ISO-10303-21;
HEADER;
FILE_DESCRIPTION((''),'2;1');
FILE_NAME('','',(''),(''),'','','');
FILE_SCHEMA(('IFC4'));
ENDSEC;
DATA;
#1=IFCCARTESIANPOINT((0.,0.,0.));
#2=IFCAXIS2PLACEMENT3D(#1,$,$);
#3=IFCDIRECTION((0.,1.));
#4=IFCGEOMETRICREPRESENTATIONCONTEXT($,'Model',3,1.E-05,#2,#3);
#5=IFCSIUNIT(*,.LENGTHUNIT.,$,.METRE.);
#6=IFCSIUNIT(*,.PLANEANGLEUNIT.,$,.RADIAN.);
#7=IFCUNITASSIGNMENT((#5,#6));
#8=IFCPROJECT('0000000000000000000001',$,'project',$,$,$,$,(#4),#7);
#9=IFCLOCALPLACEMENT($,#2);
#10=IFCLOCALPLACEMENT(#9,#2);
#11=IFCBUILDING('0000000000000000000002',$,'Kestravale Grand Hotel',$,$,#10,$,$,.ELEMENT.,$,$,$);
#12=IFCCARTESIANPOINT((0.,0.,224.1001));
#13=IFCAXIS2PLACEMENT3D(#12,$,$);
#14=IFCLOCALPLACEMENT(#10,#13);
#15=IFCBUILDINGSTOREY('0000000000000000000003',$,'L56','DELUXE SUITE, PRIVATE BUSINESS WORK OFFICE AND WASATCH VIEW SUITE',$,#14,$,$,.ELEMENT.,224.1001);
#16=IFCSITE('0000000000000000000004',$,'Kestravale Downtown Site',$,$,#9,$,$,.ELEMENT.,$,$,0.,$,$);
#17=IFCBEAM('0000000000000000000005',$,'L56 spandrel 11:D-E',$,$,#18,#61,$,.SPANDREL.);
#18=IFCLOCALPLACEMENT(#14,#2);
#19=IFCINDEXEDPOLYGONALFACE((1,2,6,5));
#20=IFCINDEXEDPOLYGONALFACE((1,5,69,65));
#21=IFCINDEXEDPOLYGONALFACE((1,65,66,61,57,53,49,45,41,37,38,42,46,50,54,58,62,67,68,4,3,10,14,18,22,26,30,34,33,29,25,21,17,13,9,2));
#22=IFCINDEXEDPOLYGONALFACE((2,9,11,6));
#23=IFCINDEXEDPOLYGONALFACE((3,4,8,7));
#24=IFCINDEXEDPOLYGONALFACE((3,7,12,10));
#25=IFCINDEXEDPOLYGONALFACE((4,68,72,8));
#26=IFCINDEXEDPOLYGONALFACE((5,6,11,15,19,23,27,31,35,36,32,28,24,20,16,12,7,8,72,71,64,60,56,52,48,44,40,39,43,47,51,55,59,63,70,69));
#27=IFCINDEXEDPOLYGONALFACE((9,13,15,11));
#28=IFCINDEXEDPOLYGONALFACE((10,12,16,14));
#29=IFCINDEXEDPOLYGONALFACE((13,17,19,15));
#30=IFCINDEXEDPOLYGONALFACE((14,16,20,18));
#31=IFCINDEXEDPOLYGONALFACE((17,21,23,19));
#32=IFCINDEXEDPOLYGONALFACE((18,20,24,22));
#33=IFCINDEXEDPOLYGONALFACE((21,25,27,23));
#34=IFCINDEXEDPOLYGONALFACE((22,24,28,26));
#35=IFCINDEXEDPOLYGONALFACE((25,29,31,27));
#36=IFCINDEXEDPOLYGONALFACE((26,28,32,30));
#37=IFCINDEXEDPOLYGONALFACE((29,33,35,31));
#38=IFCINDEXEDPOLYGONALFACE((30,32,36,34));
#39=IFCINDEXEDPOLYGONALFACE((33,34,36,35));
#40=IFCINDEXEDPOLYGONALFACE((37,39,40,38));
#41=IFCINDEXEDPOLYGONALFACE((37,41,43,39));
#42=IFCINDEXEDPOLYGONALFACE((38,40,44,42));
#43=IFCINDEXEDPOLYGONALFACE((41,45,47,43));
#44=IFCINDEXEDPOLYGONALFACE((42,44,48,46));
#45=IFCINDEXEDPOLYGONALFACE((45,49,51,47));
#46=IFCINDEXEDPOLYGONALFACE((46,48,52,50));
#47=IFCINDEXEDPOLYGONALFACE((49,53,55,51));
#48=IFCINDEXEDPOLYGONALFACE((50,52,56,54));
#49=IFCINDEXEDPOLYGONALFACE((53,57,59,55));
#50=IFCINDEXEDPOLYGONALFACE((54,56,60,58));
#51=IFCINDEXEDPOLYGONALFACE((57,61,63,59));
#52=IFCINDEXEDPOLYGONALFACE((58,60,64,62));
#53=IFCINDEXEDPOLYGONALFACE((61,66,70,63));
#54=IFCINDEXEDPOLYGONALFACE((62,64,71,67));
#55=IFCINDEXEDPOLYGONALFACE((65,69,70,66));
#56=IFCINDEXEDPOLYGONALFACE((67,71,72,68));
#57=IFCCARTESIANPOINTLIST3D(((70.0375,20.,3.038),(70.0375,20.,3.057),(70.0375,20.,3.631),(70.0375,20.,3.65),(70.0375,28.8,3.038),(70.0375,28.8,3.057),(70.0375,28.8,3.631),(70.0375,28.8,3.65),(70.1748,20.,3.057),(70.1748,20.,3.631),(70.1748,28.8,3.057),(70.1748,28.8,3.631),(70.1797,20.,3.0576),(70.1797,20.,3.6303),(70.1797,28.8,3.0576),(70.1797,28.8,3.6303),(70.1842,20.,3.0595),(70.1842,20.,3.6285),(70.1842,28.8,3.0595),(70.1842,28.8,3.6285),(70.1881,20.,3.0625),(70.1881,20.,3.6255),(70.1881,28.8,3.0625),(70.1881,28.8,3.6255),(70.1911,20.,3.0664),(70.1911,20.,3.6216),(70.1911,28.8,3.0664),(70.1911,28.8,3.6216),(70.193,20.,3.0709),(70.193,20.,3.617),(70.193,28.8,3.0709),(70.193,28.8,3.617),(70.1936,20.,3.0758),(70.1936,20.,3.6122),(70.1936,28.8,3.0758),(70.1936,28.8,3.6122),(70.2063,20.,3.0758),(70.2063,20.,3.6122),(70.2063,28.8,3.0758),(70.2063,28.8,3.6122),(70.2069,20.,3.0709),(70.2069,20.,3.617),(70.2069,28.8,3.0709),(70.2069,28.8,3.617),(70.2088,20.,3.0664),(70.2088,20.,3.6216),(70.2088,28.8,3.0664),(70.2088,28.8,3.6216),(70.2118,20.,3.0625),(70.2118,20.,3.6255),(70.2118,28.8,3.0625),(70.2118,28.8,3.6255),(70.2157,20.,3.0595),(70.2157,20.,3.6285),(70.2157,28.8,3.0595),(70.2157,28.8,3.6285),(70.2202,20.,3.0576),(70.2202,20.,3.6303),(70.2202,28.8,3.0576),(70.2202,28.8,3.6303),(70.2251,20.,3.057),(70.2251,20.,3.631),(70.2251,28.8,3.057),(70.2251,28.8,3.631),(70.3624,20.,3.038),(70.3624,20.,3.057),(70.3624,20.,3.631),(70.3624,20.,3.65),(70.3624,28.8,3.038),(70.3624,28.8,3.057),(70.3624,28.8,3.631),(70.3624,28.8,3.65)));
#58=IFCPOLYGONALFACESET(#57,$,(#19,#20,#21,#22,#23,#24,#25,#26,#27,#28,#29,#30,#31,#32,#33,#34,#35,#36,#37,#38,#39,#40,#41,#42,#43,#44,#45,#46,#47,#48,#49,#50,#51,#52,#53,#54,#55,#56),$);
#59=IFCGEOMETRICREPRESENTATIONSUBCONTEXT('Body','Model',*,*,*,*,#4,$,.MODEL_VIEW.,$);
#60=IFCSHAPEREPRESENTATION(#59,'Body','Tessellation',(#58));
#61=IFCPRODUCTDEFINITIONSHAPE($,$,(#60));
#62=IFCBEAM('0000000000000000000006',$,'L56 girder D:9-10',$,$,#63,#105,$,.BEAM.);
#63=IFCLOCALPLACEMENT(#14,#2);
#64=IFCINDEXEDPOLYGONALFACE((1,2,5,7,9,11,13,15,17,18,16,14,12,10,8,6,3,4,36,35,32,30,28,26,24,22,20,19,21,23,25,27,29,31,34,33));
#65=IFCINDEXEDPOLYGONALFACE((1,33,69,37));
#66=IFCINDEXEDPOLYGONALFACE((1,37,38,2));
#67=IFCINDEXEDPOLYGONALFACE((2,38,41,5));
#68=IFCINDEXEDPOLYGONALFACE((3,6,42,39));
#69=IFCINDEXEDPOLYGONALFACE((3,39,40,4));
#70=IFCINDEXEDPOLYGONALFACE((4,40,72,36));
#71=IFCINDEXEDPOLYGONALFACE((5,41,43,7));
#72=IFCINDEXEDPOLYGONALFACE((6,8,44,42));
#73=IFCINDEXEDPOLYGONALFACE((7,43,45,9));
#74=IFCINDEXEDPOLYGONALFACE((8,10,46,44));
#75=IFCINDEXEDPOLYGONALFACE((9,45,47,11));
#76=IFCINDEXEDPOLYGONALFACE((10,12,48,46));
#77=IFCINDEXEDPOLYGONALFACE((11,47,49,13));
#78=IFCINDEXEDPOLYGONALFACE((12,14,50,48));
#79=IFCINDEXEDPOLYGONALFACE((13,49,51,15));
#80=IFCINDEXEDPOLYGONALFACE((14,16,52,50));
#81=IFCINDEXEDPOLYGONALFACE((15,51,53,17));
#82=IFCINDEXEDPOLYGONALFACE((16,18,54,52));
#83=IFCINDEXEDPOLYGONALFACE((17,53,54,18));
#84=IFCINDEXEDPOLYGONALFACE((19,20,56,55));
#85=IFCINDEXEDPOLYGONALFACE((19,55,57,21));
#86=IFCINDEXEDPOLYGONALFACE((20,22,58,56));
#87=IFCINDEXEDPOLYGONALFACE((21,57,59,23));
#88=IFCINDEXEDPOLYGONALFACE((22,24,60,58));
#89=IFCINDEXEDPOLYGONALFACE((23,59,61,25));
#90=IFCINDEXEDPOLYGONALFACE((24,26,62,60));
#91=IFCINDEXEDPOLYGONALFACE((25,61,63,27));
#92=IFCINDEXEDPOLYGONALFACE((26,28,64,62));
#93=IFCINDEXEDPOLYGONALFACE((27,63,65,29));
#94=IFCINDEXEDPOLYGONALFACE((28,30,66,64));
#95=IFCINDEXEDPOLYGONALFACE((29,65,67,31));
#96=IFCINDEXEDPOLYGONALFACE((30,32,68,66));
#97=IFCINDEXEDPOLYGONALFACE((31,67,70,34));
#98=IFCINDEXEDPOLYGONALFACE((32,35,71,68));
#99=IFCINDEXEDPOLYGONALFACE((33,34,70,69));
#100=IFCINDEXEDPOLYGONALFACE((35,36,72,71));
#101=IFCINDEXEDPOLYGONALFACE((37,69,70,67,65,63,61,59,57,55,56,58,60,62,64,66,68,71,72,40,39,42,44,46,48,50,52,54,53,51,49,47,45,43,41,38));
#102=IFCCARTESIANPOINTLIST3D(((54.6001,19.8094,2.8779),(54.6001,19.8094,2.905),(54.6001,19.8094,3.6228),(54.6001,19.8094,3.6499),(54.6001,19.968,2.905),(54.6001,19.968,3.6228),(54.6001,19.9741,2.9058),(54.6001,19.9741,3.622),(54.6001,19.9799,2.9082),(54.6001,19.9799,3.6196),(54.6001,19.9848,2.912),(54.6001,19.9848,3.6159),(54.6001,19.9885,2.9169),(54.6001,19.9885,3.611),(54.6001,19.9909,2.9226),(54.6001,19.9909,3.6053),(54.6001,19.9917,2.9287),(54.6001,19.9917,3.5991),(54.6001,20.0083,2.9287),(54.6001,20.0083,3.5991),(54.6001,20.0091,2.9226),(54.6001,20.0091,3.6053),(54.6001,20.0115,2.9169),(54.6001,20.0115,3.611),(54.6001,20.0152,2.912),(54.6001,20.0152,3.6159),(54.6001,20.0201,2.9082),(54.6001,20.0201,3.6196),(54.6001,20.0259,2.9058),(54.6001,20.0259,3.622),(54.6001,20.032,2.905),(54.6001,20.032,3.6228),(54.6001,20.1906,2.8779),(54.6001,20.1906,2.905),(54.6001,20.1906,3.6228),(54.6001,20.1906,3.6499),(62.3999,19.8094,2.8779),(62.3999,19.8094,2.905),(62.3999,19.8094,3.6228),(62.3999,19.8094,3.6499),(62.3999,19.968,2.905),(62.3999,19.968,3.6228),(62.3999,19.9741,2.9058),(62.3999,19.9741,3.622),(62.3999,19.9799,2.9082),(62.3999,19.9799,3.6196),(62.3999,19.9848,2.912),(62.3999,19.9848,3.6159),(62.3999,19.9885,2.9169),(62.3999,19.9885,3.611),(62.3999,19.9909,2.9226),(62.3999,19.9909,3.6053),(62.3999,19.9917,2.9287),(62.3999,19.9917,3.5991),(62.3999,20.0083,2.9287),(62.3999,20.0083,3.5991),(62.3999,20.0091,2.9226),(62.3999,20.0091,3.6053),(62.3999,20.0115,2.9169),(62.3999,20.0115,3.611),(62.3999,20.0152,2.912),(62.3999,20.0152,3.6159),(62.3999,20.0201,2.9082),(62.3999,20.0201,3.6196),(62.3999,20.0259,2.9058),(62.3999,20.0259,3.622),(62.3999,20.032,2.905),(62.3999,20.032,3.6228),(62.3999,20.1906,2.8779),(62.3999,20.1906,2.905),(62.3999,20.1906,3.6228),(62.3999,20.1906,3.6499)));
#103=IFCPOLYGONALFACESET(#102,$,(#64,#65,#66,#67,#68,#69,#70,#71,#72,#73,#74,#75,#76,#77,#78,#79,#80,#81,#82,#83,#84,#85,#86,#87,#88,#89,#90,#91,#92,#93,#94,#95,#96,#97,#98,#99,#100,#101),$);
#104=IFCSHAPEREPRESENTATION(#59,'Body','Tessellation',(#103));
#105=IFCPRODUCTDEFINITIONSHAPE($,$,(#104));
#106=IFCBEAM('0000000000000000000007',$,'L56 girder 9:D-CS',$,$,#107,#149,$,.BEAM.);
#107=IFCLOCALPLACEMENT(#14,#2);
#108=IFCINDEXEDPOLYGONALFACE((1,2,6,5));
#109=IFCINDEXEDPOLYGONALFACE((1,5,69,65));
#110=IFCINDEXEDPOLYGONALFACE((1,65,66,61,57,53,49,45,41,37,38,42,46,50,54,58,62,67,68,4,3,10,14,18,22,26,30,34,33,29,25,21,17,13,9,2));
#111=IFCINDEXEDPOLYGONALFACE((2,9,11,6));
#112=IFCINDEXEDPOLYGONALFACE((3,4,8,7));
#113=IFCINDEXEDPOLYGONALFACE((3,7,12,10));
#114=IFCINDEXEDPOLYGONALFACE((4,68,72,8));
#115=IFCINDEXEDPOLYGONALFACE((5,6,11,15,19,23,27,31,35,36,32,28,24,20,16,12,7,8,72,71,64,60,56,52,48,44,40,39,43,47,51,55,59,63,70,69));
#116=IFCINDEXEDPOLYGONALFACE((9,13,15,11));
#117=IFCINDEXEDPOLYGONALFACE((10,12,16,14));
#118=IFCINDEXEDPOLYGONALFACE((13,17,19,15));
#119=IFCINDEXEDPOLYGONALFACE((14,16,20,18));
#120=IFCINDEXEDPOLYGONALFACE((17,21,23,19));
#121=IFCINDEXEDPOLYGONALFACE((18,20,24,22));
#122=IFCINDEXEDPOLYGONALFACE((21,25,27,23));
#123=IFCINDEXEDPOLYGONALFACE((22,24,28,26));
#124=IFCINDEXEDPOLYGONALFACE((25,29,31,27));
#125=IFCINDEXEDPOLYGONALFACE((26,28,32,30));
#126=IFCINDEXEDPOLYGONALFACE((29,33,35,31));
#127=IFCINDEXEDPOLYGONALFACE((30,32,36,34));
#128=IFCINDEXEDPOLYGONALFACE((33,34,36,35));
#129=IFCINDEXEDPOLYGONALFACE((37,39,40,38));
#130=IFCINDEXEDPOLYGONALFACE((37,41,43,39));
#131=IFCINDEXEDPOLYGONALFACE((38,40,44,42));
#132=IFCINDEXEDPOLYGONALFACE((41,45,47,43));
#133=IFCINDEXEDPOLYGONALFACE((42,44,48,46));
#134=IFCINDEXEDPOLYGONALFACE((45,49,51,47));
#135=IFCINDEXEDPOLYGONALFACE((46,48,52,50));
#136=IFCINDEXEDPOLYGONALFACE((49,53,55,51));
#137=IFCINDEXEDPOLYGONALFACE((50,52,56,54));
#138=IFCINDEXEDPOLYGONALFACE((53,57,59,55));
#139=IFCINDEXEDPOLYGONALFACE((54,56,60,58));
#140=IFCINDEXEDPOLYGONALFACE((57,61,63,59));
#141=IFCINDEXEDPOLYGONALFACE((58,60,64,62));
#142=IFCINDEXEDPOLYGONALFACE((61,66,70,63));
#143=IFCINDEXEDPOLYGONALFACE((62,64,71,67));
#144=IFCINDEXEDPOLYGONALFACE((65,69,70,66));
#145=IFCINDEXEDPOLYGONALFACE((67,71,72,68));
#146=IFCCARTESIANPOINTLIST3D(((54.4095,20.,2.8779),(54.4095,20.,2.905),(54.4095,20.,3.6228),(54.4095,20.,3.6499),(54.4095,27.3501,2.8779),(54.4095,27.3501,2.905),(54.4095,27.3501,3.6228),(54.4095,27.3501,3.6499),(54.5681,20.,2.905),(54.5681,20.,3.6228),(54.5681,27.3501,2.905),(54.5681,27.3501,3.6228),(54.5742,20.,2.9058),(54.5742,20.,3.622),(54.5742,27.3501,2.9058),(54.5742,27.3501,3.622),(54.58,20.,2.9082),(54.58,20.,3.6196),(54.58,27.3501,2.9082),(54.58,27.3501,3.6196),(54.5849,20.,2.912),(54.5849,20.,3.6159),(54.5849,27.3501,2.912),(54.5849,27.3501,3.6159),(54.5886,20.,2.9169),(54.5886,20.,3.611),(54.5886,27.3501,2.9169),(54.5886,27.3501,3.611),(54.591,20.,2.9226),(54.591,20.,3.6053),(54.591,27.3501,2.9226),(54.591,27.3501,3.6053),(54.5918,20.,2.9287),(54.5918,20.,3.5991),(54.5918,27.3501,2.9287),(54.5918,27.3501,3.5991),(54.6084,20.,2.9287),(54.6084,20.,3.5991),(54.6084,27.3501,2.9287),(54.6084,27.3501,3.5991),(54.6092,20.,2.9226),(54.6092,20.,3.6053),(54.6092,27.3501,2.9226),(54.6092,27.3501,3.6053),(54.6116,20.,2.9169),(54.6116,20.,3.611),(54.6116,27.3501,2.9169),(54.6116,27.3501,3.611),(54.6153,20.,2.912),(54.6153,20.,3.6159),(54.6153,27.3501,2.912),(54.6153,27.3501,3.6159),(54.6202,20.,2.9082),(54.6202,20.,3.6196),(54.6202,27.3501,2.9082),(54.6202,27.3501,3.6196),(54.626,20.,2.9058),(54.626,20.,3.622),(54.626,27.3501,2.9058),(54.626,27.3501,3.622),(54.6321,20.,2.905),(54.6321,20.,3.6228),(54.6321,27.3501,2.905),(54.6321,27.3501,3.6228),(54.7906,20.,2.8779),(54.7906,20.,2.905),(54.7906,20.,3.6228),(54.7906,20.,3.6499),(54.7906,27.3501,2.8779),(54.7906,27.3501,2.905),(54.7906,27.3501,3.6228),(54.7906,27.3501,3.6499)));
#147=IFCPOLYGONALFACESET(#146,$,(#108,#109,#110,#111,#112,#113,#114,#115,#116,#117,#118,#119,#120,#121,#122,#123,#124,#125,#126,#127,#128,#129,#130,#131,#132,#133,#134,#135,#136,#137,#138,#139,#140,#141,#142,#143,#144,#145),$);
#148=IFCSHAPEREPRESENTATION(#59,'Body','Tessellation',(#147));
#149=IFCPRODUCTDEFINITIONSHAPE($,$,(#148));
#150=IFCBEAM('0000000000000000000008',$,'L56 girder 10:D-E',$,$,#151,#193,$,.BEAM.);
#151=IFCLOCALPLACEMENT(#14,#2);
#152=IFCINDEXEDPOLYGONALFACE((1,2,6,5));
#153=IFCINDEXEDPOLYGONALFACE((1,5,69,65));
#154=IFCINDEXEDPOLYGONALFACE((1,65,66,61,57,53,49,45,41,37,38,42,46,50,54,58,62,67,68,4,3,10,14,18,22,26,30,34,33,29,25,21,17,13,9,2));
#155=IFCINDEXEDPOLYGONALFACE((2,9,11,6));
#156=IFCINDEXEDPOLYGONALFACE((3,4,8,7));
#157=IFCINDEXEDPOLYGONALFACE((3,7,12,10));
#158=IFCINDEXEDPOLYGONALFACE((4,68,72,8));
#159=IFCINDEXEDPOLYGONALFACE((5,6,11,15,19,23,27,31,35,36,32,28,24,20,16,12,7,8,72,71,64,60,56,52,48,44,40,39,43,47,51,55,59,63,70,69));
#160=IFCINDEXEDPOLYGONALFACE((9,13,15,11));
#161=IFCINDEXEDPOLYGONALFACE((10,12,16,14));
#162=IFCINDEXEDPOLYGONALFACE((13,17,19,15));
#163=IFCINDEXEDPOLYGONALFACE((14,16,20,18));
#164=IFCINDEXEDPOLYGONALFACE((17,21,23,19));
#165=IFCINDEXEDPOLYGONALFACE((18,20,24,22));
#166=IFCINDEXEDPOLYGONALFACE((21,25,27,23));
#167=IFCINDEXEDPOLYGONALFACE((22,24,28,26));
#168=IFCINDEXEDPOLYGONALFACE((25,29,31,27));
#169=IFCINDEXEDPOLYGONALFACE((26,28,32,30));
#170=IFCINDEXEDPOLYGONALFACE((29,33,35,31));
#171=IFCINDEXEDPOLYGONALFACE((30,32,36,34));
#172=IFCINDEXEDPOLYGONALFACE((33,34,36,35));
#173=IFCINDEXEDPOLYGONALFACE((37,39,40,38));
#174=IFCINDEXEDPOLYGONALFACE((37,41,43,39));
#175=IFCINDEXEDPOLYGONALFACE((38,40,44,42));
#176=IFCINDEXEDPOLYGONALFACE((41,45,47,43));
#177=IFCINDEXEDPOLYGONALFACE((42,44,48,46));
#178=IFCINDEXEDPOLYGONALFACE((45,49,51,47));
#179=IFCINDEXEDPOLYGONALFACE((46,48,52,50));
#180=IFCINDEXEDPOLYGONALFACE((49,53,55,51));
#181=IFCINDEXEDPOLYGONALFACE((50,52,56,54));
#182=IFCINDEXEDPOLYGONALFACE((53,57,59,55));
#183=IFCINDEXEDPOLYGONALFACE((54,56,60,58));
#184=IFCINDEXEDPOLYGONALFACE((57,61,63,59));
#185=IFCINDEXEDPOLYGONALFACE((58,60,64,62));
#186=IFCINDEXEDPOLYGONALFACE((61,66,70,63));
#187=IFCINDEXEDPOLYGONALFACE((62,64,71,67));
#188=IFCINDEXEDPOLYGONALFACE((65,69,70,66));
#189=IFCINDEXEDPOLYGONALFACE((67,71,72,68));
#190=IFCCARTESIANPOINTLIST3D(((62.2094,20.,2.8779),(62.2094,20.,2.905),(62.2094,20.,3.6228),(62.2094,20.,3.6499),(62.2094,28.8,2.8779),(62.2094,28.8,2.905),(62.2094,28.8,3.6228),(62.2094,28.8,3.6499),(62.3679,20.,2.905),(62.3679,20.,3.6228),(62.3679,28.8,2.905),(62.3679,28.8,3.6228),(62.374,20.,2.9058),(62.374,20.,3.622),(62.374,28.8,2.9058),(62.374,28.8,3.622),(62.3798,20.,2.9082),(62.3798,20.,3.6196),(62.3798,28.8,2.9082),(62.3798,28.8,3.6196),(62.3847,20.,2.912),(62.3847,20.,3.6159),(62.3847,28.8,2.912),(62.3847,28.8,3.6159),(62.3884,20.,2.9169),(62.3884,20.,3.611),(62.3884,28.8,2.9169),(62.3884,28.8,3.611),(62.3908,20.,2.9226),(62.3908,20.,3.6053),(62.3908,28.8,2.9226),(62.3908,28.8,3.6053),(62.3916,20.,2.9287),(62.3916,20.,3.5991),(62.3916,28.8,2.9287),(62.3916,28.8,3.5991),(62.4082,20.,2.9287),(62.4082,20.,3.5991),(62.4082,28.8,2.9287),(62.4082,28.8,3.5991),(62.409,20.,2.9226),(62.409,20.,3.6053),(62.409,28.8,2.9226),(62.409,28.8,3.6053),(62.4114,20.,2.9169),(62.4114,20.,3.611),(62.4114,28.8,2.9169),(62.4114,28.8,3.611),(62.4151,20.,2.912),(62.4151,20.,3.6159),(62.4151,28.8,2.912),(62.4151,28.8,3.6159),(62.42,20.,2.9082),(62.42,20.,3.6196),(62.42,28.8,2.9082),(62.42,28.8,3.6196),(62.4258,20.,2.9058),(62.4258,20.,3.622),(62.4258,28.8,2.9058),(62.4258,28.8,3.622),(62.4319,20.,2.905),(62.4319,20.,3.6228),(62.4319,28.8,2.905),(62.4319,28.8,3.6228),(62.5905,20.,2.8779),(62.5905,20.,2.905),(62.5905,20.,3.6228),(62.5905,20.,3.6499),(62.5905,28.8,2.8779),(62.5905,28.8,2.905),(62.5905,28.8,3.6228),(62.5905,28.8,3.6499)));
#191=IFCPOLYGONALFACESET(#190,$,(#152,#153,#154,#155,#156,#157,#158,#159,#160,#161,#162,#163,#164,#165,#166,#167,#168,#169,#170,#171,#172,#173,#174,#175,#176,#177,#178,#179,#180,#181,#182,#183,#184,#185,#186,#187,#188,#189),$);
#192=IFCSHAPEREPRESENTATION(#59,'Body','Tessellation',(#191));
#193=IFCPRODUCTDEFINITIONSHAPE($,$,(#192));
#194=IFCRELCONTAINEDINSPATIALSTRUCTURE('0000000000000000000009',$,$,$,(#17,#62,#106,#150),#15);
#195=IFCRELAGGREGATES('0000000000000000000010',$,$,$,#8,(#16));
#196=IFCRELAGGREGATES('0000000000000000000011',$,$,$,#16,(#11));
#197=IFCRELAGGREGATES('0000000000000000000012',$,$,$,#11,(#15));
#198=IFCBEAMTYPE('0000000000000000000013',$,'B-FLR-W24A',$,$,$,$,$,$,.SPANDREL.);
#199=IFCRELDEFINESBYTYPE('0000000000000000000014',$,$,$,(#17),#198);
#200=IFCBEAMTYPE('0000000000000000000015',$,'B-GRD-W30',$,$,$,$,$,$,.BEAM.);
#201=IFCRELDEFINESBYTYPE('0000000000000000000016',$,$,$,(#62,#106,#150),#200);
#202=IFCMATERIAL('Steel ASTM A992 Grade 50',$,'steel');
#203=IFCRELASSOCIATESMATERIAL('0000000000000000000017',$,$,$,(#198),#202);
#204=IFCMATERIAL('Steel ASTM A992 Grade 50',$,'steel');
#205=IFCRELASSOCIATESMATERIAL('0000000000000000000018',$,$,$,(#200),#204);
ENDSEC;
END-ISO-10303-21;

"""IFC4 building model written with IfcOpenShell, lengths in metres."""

from ifc_helpers import new_model, si_unit, direction, frame, origin, origin_2d, place, context, subcontext, project, spatial, i_section, extrude, material, material_profile, profile_set, type_object, element, save


model = new_model("IFC4")

# Units and contexts
model_context = context("Model", 3, precision=1e-05, world=origin(), true_north=direction((0.0, 1.0)))
body_context = subcontext(model_context, "Body", "Model", "MODEL_VIEW")
ifc_project = project(units=[si_unit("LENGTHUNIT", "METRE"), si_unit("PLANEANGLEUNIT", "RADIAN")], contexts=[model_context])

# Site, building, storey
site_placement = place(None, origin())
site = spatial("IfcSite", under=ifc_project, at=site_placement, Name="Kestravale Downtown Site", CompositionType="ELEMENT", RefElevation=0.0)
building_placement = place(site_placement, origin())
building = spatial("IfcBuilding", under=site, at=building_placement, Name="Kestravale Grand Hotel", CompositionType="ELEMENT")
storey_placement = place(building_placement, frame((0.0, 0.0, 224.1001)))
storey = spatial("IfcBuildingStorey", under=building, at=storey_placement, Name="L56", Description="DELUXE SUITE, PRIVATE BUSINESS WORK OFFICE AND WASATCH VIEW SUITE", CompositionType="ELEMENT", Elevation=224.1001)

# Beams
ifc_material_1 = material(Name="Steel ASTM A992 Grade 50", Category="steel")
ifc_material_profile_1 = material_profile(ifc_material_1, i_section(OverallWidth=0.325, OverallDepth=0.6121, WebThickness=0.0127, FlangeThickness=0.019, FilletRadius=0.0188, at=origin_2d()))
ifc_profile_set_1 = profile_set([ifc_material_profile_1], Name="Steel ASTM A992 Grade 50")
beam_type_1 = type_object("IfcBeamType", Name="B-FLR-W24A", PredefinedType="SPANDREL", material=ifc_profile_set_1)
beam_1_placement = place(storey_placement, frame((70.2, 20.0, 3.344), z_axis=(0.0, 1.0, 0.0), x_axis=(-1.0, 0.0, 0.0)))
element("IfcBeam", 1, at=beam_1_placement, inside=storey, type_object=beam_type_1, Name="L56 spandrel 11:D-E", PredefinedType="SPANDREL", context=body_context, shape_type="SweptSolid", body=[
    extrude(i_section(OverallWidth=0.325, OverallDepth=0.6121, WebThickness=0.0127, FlangeThickness=0.019, FilletRadius=0.0188, at=origin_2d()), origin(), (0.0, 0.0, 1.0), 8.8),
])
ifc_material_2 = material(Name="Steel ASTM A992 Grade 50", Category="steel")
ifc_material_profile_2 = material_profile(ifc_material_2, i_section(OverallWidth=0.3811, OverallDepth=0.772, WebThickness=0.0166, FlangeThickness=0.0271, FilletRadius=0.0237, at=origin_2d()))
ifc_profile_set_2 = profile_set([ifc_material_profile_2], Name="Steel ASTM A992 Grade 50")
beam_type_2 = type_object("IfcBeamType", Name="B-GRD-W30", PredefinedType="BEAM", material=ifc_profile_set_2)
beam_2_placement = place(storey_placement, frame((54.6001, 20.0, 3.2639), z_axis=(1.0, 0.0, 0.0), x_axis=(0.0, 1.0, 0.0)))
element("IfcBeam", 2, at=beam_2_placement, inside=storey, type_object=beam_type_2, Name="L56 girder D:9-10", PredefinedType="BEAM", context=body_context, shape_type="SweptSolid", body=[
    extrude(i_section(OverallWidth=0.3811, OverallDepth=0.772, WebThickness=0.0166, FlangeThickness=0.0271, FilletRadius=0.0237, at=origin_2d()), origin(), (0.0, 0.0, 1.0), 7.7998),
])
beam_3_placement = place(storey_placement, frame((54.6001, 20.0, 3.2639), z_axis=(0.0, 1.0, 0.0), x_axis=(-1.0, 0.0, 0.0)))
element("IfcBeam", 3, at=beam_3_placement, inside=storey, type_object=beam_type_2, Name="L56 girder 9:D-CS", PredefinedType="BEAM", context=body_context, shape_type="SweptSolid", body=[
    extrude(i_section(OverallWidth=0.3811, OverallDepth=0.772, WebThickness=0.0166, FlangeThickness=0.0271, FilletRadius=0.0237, at=origin_2d()), origin(), (0.0, 0.0, 1.0), 7.3501),
])
beam_4_placement = place(storey_placement, frame((62.3999, 20.0, 3.2639), z_axis=(0.0, 1.0, 0.0), x_axis=(-1.0, 0.0, 0.0)))
element("IfcBeam", 4, at=beam_4_placement, inside=storey, type_object=beam_type_2, Name="L56 girder 10:D-E", PredefinedType="BEAM", context=body_context, shape_type="SweptSolid", body=[
    extrude(i_section(OverallWidth=0.3811, OverallDepth=0.772, WebThickness=0.0166, FlangeThickness=0.0271, FilletRadius=0.0237, at=origin_2d()), origin(), (0.0, 0.0, 1.0), 8.8),
])

save(model, "model.ifc")
